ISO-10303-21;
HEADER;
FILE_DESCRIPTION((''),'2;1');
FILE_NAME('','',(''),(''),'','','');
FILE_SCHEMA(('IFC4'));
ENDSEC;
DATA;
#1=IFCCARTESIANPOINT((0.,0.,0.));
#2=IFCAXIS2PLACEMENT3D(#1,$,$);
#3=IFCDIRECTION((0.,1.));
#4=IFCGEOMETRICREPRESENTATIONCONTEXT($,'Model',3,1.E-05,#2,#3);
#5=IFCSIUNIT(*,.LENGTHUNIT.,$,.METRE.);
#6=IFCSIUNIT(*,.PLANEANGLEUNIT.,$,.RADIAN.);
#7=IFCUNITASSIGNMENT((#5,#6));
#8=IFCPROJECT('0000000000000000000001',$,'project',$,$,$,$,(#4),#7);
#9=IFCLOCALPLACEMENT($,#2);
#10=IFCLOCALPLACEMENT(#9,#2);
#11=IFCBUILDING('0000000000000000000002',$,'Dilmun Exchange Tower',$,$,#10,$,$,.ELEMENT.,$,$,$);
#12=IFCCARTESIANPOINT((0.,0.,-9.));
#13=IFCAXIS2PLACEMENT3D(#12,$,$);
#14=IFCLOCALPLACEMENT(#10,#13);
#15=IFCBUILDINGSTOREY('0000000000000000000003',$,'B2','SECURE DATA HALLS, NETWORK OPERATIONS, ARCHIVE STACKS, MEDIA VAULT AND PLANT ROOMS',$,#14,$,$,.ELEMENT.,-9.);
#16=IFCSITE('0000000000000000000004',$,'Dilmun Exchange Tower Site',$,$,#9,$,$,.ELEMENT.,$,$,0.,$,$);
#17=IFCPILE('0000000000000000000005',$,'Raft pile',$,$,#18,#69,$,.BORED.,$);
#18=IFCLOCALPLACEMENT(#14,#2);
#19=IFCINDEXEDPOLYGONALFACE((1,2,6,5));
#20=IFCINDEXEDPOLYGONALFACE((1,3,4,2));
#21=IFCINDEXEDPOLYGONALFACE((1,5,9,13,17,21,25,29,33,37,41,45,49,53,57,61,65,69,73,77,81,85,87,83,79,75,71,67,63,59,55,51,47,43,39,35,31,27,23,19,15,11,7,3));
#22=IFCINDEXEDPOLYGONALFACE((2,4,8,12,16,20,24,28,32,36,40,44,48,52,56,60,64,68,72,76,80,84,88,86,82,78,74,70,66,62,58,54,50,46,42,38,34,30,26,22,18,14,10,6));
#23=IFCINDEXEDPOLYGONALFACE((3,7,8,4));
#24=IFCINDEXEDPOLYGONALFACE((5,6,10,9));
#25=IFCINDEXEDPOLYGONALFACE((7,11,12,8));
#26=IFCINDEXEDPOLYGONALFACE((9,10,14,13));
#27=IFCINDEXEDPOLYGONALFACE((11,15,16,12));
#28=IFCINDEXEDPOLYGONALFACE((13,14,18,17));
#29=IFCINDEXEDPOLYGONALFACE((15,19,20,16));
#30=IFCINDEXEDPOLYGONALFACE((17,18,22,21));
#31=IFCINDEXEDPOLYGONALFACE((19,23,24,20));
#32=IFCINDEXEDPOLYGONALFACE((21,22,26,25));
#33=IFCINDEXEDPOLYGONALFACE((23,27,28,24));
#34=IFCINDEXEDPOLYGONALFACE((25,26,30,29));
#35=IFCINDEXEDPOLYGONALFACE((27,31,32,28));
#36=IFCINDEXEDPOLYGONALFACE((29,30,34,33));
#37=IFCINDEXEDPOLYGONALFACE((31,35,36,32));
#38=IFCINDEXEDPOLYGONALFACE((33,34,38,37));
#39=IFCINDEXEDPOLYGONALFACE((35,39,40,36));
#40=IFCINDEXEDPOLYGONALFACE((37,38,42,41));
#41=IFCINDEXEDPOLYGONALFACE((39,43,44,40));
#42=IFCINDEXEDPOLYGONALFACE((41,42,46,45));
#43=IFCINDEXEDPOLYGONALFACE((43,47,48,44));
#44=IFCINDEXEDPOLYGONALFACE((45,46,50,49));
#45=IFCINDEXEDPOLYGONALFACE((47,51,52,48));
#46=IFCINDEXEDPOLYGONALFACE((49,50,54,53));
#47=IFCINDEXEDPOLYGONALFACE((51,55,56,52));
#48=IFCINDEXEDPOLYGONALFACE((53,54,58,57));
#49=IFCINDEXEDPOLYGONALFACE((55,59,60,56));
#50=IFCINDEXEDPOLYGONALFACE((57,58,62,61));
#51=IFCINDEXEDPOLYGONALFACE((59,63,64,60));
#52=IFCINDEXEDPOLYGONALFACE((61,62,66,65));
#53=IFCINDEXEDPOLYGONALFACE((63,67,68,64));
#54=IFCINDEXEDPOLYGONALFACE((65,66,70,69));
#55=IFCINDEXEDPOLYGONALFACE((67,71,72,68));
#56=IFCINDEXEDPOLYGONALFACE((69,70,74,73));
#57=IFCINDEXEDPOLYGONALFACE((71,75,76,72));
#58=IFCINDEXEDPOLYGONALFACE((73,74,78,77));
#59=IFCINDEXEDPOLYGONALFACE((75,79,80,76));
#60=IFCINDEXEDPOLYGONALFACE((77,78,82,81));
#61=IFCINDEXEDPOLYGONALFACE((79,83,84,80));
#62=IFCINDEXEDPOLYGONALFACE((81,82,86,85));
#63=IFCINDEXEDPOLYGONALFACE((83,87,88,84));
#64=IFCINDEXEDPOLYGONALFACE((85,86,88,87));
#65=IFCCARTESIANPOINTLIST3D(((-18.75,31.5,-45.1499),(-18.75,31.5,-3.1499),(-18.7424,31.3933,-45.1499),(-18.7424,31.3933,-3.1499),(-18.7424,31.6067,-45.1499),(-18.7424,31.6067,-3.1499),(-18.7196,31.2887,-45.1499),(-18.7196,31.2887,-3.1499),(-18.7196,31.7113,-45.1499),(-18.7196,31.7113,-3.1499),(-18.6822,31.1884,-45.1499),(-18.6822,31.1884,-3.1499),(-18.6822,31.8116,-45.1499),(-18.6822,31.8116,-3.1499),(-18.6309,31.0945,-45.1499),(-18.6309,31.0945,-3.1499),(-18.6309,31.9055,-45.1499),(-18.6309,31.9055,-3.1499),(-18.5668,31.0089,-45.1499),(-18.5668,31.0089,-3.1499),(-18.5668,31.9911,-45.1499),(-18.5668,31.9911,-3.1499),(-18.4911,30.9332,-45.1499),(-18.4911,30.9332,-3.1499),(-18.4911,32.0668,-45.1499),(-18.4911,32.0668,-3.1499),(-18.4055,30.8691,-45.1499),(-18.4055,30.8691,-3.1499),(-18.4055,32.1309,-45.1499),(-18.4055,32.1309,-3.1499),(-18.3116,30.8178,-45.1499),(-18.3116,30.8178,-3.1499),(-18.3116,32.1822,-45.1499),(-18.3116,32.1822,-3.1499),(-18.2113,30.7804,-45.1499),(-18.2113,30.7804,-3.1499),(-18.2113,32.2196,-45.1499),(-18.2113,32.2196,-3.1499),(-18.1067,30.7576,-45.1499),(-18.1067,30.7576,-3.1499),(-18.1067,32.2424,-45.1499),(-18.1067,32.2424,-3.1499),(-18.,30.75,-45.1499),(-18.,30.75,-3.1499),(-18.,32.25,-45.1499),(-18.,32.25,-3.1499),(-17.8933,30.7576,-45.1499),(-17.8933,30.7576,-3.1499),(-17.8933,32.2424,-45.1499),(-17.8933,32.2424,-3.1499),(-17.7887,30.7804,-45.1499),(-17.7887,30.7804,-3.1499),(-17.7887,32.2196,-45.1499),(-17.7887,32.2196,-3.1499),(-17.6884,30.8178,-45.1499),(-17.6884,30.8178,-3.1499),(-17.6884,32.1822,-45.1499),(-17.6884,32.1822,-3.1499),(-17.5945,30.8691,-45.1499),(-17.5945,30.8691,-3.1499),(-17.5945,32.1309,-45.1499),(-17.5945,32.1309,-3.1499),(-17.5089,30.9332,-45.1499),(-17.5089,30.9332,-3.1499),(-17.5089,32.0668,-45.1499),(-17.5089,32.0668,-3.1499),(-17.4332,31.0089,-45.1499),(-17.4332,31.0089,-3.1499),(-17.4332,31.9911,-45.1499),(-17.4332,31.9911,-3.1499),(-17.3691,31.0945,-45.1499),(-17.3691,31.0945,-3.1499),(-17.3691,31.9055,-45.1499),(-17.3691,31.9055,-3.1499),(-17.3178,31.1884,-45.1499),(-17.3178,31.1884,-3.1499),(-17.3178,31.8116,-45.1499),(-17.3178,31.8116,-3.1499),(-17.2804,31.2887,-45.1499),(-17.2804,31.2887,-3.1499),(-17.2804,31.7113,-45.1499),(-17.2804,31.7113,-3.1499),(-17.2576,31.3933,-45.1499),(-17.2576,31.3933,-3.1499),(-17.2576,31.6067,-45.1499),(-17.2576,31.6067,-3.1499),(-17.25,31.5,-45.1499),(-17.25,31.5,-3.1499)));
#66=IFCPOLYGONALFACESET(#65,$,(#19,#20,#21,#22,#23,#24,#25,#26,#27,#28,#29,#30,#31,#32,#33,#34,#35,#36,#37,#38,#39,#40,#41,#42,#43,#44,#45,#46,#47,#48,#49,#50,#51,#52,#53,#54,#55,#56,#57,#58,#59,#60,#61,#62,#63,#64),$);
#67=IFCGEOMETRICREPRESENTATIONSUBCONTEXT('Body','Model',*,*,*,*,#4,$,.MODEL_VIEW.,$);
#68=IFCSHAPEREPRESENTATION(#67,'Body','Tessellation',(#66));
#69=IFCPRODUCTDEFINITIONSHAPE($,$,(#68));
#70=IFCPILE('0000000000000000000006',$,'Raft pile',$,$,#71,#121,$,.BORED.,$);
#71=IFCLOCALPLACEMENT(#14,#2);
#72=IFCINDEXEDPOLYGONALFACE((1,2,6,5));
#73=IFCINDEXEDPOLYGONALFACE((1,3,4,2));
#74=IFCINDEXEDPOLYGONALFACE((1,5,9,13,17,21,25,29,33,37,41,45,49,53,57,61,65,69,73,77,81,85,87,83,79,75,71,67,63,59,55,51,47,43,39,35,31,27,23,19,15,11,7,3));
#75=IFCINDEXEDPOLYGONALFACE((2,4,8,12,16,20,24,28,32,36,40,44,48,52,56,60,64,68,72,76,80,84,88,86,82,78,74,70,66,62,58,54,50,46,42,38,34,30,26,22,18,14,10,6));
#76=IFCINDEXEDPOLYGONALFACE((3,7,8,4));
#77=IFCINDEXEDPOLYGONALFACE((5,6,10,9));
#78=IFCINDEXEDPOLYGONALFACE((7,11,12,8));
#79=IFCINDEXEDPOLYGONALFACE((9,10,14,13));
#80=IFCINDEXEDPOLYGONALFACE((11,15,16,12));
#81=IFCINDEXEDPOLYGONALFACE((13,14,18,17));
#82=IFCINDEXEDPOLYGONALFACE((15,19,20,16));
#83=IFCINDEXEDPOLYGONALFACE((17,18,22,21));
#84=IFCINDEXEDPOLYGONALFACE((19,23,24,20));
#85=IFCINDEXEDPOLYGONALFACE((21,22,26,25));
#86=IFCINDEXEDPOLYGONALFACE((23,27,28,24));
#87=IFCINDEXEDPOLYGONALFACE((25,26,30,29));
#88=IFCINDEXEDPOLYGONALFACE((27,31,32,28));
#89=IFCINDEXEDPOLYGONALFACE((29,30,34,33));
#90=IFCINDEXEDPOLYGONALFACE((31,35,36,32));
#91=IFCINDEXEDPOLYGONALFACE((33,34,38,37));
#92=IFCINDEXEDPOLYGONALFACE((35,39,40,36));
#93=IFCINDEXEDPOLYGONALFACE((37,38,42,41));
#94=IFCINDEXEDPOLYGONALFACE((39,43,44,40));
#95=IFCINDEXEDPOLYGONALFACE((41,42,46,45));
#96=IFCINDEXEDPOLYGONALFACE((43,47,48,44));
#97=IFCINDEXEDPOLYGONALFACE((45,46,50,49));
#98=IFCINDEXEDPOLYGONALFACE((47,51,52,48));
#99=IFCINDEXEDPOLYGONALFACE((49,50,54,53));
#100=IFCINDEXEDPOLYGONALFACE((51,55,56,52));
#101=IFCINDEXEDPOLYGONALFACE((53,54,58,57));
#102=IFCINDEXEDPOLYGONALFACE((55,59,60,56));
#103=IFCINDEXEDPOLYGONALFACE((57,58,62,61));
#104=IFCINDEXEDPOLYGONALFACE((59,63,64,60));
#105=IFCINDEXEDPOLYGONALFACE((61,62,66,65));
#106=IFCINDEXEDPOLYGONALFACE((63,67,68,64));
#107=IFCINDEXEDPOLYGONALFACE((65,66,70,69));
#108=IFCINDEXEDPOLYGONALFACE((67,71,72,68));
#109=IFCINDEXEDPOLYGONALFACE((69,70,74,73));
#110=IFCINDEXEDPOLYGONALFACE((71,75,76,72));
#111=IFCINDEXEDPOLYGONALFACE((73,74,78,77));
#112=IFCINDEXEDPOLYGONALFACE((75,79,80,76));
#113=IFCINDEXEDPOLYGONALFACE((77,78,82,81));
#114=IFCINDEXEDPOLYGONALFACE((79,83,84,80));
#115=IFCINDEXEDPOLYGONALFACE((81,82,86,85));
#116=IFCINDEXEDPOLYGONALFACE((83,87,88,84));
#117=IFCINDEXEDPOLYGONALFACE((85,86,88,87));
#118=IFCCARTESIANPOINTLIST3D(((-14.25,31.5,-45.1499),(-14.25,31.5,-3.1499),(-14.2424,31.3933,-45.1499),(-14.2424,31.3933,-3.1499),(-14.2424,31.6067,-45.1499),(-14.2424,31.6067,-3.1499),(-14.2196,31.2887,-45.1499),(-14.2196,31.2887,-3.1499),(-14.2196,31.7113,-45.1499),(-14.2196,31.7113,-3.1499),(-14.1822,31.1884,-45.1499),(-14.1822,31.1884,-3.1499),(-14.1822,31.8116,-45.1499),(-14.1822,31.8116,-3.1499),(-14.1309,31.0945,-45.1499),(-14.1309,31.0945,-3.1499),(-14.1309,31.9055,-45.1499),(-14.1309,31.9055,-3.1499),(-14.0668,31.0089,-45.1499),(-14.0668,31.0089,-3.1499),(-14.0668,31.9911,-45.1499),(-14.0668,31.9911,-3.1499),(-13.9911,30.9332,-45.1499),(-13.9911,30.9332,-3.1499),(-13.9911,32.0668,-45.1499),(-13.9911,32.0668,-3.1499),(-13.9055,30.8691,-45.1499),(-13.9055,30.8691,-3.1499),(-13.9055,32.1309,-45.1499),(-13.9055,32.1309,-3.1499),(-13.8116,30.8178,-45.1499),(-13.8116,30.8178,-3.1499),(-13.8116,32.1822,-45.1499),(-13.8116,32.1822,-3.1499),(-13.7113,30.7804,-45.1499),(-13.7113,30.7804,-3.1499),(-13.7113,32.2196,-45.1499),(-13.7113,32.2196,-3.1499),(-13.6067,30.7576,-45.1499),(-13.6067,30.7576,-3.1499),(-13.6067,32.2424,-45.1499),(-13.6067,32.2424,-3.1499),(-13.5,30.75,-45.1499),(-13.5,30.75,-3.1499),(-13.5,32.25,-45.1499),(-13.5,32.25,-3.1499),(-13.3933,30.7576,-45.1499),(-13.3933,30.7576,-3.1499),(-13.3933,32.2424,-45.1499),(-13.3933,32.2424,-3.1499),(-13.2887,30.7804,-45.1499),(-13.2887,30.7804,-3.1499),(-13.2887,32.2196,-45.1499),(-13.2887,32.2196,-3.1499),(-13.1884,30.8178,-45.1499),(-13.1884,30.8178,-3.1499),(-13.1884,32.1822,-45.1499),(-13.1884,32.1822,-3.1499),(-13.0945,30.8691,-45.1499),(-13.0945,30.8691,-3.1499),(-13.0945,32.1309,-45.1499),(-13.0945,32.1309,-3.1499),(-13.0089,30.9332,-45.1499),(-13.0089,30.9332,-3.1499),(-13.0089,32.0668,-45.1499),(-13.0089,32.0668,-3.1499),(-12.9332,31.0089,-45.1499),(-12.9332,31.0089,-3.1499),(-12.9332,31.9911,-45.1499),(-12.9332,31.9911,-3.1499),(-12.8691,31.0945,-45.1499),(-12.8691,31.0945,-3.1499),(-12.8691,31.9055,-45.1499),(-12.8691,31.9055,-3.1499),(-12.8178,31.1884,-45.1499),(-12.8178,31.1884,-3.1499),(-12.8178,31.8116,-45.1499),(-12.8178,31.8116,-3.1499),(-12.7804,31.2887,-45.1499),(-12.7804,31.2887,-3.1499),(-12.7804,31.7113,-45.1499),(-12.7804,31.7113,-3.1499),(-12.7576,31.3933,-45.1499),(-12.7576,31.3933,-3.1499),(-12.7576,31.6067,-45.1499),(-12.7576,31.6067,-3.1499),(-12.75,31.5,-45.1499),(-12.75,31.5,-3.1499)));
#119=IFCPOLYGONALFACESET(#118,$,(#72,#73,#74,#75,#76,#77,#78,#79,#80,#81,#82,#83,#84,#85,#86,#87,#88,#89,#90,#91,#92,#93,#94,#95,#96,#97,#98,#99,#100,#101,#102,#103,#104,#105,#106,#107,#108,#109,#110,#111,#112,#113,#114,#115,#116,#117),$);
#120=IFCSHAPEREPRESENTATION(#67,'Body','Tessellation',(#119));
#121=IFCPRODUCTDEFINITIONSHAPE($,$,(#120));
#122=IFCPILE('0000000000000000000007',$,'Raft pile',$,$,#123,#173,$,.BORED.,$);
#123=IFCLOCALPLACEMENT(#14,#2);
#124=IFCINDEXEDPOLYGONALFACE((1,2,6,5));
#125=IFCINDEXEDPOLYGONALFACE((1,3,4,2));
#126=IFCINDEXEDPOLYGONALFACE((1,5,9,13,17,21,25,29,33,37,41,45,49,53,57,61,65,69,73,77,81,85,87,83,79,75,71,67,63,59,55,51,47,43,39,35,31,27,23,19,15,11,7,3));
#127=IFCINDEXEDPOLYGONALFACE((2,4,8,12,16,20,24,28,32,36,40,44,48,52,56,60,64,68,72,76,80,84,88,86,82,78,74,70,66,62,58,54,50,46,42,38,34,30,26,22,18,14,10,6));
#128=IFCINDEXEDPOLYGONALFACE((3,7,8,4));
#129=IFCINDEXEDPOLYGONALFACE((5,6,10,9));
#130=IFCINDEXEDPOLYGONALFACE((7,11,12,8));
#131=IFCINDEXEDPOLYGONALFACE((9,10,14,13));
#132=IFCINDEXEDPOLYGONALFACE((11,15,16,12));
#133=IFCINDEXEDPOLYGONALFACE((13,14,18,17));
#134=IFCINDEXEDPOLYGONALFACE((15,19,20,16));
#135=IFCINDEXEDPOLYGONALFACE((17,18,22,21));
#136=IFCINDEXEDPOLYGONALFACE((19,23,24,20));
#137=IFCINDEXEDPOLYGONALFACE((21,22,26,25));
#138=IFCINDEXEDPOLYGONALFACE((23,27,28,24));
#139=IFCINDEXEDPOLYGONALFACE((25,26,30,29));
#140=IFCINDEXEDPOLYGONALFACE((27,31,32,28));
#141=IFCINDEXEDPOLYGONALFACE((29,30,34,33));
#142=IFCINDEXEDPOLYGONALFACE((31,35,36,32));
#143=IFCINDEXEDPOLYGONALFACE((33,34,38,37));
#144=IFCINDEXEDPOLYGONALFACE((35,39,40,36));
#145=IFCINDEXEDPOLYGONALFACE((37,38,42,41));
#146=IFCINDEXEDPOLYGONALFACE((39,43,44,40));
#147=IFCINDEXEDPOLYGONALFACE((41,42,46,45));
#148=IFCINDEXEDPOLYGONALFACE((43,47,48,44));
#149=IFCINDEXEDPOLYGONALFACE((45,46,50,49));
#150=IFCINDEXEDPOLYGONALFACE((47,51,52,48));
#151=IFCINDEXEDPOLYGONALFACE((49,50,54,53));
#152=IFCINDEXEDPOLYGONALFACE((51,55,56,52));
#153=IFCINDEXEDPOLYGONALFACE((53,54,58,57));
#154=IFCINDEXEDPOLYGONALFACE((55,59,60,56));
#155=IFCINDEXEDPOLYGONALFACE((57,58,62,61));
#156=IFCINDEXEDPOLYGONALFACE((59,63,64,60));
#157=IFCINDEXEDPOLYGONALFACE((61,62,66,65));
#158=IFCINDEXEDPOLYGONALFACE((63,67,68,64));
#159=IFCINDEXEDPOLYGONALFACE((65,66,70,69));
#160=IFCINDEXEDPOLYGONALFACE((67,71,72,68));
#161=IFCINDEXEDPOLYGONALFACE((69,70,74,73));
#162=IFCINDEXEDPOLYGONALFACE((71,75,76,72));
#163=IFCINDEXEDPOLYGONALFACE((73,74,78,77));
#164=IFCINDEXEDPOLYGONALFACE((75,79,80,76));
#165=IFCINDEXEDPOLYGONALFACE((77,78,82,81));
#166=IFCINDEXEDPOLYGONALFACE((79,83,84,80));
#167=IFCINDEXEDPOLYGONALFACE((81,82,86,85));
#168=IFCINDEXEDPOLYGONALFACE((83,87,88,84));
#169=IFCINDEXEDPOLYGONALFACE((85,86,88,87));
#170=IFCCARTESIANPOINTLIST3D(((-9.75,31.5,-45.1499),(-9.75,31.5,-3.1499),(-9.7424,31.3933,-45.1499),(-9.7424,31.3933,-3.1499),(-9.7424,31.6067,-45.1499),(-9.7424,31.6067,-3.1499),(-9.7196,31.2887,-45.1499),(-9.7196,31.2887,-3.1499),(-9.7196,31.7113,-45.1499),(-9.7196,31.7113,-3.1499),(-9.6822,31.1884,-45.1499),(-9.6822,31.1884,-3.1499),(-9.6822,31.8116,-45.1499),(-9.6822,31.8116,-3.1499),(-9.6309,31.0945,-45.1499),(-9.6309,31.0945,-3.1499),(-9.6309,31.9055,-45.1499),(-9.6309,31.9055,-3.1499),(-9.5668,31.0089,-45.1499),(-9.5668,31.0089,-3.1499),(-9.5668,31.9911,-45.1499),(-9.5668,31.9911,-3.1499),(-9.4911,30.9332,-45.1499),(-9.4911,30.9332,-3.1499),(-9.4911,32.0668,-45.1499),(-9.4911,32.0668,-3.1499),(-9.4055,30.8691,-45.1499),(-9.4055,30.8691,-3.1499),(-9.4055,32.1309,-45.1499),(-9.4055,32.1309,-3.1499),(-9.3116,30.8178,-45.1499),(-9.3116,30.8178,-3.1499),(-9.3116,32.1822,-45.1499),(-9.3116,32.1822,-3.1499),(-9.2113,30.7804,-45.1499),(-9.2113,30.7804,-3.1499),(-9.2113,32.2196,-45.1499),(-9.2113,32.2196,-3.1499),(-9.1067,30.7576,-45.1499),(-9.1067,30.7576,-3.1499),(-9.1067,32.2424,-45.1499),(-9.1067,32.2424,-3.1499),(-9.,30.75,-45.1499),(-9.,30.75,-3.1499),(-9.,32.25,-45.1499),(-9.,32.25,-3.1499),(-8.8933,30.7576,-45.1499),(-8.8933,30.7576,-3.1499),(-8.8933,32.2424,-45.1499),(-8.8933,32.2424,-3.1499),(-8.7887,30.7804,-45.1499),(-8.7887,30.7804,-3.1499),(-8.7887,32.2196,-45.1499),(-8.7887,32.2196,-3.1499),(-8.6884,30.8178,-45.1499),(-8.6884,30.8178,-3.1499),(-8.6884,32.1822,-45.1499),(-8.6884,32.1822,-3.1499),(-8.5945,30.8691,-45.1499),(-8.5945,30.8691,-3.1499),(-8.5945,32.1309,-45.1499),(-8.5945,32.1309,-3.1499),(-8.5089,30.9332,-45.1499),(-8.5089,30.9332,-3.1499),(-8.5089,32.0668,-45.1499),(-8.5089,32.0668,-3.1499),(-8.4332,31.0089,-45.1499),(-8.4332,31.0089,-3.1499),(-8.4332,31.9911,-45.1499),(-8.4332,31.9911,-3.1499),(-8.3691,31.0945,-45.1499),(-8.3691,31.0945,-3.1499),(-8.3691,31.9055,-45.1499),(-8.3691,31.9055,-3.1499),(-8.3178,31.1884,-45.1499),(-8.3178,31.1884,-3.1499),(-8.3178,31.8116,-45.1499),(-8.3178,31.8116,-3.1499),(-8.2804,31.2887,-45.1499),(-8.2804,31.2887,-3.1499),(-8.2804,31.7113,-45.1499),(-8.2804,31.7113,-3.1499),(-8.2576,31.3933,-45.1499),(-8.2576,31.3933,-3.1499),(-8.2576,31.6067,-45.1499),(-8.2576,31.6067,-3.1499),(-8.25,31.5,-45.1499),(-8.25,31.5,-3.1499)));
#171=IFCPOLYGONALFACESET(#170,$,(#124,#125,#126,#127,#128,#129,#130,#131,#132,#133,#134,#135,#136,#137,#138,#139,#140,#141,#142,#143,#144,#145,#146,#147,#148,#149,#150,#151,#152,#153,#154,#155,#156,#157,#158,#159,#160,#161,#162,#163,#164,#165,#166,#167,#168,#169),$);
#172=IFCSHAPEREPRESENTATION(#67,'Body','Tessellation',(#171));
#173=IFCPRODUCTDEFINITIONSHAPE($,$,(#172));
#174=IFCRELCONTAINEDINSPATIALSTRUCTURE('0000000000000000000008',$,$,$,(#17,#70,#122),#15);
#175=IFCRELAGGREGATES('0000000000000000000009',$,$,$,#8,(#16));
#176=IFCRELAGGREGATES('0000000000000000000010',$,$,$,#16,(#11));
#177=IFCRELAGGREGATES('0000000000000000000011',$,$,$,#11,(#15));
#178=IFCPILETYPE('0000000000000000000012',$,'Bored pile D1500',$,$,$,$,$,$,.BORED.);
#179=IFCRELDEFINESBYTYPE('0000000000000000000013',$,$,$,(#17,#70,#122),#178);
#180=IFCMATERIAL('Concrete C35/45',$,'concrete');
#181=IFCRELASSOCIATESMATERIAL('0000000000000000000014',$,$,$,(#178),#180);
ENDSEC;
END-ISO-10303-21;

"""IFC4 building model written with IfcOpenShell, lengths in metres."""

from ifc_helpers import new_model, si_unit, direction, frame, origin, origin_2d, place, context, subcontext, project, spatial, circle, extrude, material, material_profile, profile_set, type_object, element, save


model = new_model("IFC4")

# Units and contexts
model_context = context("Model", 3, precision=1e-05, world=origin(), true_north=direction((0.0, 1.0)))
body_context = subcontext(model_context, "Body", "Model", "MODEL_VIEW")
ifc_project = project(units=[si_unit("LENGTHUNIT", "METRE"), si_unit("PLANEANGLEUNIT", "RADIAN")], contexts=[model_context])

# Site, building, storey
site_placement = place(None, origin())
site = spatial("IfcSite", under=ifc_project, at=site_placement, Name="Dilmun Exchange Tower Site", CompositionType="ELEMENT", RefElevation=0.0)
building_placement = place(site_placement, origin())
building = spatial("IfcBuilding", under=site, at=building_placement, Name="Dilmun Exchange Tower", CompositionType="ELEMENT")
storey_placement = place(building_placement, frame((0.0, 0.0, -9.0)))
storey = spatial("IfcBuildingStorey", under=building, at=storey_placement, Name="B2", Description="SECURE DATA HALLS, NETWORK OPERATIONS, ARCHIVE STACKS, MEDIA VAULT AND PLANT ROOMS", CompositionType="ELEMENT", Elevation=-9.0)

# Piles
ifc_material_1 = material(Name="Concrete C35/45", Category="concrete")
ifc_material_profile_1 = material_profile(ifc_material_1, circle(Radius=0.75, at=origin_2d()), Name="D1500")
ifc_profile_set_1 = profile_set([ifc_material_profile_1], Name="Concrete C35/45")
pile_type = type_object("IfcPileType", Name="Bored pile D1500", PredefinedType="BORED", material=ifc_profile_set_1)
for number, where, z_axis, x_axis, name in (
    (1, (-18.0, 31.5, -3.1499), (0.0, 0.0, -1.0), (1.0, 0.0, 0.0), "Raft pile"),
    (2, (-13.5, 31.5, -3.1499), (0.0, 0.0, -1.0), (1.0, 0.0, 0.0), "Raft pile"),
    (3, (-9.0, 31.5, -3.1499), (0.0, 0.0, -1.0), (1.0, 0.0, 0.0), "Raft pile"),
):
    element("IfcPile", number, at=place(storey_placement, frame(where, z_axis=z_axis, x_axis=x_axis)), inside=storey, type_object=pile_type, Name=name, PredefinedType="BORED", context=body_context, shape_type="SweptSolid", body=[
        extrude(circle(Radius=0.75, at=origin_2d()), origin(), (0.0, 0.0, 1.0), 42.0),
    ])

save(model, "model.ifc")
